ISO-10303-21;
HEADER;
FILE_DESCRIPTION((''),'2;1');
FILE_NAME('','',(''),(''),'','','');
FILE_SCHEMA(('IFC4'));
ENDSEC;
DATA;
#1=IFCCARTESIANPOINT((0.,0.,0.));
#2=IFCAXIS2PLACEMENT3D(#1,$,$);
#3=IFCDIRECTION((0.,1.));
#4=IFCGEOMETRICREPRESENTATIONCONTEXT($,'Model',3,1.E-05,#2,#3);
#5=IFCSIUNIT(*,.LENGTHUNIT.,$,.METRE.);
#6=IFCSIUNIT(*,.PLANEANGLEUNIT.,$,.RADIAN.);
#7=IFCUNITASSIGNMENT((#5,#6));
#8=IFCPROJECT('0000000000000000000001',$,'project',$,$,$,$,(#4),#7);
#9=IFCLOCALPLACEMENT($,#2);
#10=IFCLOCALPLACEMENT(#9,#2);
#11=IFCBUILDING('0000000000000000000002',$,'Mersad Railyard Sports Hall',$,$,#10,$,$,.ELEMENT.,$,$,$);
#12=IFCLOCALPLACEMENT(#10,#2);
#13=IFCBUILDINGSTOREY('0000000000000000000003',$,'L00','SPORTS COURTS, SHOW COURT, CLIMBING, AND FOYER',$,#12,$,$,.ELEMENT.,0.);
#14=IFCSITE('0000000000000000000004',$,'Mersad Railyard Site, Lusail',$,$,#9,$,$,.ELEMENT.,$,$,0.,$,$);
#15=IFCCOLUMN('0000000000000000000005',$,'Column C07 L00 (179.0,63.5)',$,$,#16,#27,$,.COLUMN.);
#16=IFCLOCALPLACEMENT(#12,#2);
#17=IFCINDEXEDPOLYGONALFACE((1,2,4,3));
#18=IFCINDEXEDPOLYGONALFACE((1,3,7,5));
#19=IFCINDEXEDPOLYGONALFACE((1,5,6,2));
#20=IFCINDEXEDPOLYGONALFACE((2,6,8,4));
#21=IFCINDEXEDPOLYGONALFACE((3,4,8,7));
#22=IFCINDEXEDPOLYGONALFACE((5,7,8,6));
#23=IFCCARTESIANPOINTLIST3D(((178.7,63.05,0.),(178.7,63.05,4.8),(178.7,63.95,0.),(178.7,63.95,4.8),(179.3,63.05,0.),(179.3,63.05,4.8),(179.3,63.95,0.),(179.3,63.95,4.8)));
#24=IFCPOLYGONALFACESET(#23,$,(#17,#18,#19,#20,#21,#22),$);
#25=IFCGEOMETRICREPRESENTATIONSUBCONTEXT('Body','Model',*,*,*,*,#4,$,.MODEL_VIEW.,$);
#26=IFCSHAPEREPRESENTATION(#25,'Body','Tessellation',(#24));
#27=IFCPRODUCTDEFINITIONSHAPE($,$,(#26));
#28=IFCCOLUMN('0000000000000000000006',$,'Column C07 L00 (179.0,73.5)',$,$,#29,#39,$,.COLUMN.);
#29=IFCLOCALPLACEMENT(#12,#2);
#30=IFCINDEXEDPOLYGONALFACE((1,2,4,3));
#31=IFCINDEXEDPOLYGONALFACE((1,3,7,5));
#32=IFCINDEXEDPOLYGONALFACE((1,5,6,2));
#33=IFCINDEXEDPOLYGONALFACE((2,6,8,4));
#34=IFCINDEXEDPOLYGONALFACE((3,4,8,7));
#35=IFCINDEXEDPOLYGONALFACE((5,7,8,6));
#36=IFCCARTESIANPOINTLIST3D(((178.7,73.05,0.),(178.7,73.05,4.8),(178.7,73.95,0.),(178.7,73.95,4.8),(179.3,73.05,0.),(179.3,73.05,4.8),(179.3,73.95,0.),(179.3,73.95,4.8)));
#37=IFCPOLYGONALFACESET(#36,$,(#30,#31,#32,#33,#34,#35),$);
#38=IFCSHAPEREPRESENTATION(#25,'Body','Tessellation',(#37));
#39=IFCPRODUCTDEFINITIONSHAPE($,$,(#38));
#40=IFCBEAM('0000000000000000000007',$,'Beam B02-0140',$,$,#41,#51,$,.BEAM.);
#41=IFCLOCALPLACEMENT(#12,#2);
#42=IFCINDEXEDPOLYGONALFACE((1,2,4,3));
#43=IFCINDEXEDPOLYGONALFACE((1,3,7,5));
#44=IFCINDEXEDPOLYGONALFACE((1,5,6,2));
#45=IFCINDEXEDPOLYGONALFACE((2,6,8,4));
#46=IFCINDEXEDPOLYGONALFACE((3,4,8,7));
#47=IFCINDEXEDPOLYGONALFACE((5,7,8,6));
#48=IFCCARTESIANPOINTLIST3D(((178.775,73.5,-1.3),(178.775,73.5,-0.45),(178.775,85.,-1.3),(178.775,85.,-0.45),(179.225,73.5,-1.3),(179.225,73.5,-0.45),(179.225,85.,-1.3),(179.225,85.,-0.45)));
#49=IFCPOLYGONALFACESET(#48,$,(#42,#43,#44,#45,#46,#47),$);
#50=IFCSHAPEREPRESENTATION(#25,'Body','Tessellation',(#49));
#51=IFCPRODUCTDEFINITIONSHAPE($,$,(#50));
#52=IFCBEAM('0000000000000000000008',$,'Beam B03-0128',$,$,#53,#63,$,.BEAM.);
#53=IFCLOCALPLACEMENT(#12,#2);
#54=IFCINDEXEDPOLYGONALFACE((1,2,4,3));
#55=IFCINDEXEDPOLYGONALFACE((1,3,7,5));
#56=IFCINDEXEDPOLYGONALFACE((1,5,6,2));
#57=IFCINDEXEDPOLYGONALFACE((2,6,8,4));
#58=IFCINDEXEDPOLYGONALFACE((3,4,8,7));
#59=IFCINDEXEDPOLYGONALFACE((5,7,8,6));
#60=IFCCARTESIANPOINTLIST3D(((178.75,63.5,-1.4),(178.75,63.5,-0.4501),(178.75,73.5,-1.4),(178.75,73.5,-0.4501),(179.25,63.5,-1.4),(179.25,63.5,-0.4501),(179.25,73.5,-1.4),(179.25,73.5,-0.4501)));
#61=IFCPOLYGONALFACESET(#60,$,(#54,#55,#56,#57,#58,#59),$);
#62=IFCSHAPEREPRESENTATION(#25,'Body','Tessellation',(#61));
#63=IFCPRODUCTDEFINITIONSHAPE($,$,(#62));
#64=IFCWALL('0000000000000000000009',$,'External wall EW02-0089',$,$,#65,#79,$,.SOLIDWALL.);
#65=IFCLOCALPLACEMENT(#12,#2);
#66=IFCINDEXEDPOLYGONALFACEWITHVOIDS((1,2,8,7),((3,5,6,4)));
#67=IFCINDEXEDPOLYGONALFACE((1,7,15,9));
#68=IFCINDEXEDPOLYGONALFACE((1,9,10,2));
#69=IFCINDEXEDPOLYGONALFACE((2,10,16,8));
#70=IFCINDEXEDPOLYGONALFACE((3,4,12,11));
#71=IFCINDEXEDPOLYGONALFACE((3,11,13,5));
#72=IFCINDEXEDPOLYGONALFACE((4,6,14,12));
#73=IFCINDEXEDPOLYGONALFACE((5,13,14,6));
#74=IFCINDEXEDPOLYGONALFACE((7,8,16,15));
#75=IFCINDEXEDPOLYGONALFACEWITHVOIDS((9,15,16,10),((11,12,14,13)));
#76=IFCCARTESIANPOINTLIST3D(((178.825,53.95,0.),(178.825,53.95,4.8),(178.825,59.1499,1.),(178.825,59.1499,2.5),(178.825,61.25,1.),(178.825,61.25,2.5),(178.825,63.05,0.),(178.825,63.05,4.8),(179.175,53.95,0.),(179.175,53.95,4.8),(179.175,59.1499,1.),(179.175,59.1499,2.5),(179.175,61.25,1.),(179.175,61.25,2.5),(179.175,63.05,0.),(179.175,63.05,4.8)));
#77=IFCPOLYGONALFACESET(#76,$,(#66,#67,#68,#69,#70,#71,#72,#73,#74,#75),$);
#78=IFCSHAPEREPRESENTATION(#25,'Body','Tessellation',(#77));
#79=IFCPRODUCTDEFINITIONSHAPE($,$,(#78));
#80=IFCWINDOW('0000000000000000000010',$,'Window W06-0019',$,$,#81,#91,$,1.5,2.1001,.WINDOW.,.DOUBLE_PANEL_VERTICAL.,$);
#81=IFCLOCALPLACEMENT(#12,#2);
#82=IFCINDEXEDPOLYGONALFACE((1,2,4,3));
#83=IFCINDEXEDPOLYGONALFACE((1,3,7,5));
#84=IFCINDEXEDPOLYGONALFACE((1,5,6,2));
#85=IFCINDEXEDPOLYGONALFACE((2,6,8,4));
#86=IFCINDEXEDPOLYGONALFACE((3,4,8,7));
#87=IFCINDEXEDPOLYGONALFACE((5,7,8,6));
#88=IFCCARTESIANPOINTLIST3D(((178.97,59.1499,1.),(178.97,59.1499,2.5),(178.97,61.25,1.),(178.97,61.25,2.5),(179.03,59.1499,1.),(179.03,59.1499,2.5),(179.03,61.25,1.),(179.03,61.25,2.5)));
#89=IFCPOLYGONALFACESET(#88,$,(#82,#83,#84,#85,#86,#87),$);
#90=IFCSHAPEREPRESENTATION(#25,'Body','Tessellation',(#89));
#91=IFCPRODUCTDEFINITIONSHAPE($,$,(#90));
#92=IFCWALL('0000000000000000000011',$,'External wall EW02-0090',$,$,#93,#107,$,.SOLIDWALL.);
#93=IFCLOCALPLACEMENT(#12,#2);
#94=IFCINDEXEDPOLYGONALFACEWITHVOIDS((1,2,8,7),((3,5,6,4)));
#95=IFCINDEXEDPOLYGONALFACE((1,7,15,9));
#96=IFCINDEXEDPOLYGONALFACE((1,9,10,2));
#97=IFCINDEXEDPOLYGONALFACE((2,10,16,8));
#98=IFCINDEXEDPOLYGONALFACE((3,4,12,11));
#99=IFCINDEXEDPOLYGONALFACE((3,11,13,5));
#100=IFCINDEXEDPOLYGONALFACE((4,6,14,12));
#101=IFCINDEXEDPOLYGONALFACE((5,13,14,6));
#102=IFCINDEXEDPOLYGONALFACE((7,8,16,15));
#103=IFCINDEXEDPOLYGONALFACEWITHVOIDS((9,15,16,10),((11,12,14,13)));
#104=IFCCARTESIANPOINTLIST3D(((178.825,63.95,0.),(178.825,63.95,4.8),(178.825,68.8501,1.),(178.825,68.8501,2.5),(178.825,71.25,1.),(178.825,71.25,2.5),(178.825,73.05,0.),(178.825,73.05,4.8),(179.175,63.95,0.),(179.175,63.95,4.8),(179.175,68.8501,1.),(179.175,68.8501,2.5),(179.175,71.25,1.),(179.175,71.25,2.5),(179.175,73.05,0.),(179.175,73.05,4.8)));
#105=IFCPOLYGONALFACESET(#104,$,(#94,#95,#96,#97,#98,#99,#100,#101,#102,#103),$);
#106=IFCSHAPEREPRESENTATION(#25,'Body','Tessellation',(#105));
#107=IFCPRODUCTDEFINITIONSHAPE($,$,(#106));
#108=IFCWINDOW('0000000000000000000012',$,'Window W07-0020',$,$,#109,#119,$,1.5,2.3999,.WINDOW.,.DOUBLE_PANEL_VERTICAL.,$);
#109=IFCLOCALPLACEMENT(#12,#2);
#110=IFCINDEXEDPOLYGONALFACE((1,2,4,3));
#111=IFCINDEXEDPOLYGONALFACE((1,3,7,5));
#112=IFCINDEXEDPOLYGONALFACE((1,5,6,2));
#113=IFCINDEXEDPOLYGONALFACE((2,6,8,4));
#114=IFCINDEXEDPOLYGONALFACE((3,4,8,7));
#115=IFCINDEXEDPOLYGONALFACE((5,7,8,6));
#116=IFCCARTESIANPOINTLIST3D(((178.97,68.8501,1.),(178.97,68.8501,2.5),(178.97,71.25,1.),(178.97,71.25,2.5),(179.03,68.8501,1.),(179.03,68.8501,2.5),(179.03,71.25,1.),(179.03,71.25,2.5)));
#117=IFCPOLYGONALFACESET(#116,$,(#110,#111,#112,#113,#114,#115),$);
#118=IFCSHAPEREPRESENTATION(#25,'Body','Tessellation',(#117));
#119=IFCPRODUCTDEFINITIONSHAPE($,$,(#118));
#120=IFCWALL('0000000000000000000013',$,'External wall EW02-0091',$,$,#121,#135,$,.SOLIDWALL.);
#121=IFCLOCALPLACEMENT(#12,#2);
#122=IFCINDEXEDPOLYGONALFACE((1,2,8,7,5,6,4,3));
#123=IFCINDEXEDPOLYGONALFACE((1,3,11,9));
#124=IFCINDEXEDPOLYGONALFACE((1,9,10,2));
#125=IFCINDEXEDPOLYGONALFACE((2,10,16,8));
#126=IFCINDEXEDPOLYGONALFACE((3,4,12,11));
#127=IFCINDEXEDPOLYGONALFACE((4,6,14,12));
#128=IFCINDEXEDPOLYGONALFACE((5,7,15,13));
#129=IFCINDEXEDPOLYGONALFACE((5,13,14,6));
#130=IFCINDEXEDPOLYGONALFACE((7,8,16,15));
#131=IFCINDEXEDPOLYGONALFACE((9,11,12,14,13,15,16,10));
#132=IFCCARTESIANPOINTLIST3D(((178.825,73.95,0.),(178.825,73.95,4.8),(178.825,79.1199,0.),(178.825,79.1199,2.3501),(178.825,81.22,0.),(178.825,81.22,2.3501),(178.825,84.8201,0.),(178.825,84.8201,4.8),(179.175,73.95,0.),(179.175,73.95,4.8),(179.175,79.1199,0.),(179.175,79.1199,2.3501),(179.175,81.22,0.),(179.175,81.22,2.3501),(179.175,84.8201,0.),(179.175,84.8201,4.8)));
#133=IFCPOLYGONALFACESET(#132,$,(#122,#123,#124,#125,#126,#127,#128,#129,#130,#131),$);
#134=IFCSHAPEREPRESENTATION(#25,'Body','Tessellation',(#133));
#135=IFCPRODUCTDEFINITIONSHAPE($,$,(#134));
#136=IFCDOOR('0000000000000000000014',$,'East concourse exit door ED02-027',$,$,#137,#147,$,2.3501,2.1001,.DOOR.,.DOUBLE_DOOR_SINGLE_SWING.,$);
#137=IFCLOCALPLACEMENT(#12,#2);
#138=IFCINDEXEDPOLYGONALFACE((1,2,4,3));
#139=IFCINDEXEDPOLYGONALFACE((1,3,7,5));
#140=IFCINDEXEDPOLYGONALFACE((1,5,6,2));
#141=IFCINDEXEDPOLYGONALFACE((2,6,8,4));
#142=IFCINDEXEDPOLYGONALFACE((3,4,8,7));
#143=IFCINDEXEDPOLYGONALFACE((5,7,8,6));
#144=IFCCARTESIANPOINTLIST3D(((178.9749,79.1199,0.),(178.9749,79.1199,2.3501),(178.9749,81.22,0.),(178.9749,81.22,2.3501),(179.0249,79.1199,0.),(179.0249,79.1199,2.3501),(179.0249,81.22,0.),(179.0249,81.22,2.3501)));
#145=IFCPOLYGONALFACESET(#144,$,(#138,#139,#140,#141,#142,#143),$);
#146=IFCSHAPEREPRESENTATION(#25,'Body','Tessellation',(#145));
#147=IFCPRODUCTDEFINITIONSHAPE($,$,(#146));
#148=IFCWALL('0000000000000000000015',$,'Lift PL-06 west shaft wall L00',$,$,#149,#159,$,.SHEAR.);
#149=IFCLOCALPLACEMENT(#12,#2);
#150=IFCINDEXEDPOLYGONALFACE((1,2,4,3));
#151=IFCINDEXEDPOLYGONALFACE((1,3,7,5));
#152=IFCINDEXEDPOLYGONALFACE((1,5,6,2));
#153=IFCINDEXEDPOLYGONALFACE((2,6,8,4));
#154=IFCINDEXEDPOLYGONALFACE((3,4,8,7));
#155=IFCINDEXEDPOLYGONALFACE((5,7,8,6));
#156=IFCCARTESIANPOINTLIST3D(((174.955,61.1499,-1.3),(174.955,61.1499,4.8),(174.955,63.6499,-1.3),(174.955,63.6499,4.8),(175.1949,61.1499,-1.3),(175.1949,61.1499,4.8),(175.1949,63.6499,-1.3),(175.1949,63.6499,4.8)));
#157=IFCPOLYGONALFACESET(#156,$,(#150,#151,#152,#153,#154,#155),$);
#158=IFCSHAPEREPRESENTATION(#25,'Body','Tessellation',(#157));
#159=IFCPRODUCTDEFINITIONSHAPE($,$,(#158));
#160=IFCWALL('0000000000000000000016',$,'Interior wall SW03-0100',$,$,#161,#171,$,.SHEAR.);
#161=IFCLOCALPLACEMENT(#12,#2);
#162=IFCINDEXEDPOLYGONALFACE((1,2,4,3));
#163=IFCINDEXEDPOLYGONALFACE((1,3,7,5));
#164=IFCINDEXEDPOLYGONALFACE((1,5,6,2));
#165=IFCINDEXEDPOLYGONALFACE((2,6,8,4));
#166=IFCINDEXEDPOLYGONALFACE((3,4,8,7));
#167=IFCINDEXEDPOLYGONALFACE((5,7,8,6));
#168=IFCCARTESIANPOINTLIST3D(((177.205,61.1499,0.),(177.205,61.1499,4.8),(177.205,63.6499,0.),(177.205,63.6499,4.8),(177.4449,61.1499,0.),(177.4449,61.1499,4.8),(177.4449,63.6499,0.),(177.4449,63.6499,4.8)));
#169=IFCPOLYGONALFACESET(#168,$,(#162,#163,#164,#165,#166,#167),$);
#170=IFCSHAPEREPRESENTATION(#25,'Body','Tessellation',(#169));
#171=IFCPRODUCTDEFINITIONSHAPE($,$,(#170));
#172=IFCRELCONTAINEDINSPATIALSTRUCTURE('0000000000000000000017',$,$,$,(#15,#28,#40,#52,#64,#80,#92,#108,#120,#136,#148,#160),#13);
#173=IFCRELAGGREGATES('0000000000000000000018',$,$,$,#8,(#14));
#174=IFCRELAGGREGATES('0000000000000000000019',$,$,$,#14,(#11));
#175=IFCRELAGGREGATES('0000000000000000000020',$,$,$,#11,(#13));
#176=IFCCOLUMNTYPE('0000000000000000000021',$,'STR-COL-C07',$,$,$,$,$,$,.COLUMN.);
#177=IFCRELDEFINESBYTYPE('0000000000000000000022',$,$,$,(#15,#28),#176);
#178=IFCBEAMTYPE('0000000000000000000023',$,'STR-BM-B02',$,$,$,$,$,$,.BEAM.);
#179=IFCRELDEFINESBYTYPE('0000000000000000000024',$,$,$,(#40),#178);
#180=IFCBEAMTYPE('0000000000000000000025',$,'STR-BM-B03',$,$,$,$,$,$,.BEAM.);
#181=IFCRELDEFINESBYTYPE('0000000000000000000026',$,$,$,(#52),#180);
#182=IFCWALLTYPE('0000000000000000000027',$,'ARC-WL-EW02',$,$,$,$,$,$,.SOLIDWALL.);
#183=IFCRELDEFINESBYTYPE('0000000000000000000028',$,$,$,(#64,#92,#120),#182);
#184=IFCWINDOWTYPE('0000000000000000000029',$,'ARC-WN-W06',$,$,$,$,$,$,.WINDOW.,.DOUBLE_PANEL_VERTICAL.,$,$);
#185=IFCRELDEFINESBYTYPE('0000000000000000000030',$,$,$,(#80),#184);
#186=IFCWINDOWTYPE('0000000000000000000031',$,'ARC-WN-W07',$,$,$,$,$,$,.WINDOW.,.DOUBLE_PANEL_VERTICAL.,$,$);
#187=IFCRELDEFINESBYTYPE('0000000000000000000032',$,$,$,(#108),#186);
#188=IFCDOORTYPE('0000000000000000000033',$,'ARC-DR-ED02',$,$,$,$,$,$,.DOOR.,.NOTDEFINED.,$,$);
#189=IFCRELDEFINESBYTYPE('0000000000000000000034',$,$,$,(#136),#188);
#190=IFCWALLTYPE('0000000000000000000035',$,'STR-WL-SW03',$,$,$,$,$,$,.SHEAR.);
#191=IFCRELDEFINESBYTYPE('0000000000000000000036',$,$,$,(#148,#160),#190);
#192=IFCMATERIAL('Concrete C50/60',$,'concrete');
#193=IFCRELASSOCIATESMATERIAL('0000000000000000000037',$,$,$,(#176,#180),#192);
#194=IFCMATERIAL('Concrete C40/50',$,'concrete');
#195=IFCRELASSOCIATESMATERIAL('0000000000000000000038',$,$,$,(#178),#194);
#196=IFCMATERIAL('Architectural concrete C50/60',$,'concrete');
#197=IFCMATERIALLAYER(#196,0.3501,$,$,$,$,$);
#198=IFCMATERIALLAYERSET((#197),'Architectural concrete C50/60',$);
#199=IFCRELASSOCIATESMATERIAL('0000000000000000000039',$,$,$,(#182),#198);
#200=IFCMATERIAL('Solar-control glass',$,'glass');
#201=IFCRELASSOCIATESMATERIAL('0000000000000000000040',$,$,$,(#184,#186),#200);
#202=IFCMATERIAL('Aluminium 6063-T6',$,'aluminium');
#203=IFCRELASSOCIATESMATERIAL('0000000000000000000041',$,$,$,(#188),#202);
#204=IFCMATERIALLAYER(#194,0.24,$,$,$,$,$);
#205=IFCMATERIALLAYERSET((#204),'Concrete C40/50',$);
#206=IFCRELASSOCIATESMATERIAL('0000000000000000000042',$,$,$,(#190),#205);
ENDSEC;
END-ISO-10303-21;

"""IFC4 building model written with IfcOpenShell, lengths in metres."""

from ifc_helpers import new_model, si_unit, direction, frame, frame_2d, origin, origin_2d, place, context, subcontext, project, spatial, rectangle, extrude, material, layer, layer_set, material_profile, profile_set, type_object, element, fill, save


model = new_model("IFC4")

# Units and contexts
model_context = context("Model", 3, precision=1e-05, world=origin(), true_north=direction((0.0, 1.0)))
body_context = subcontext(model_context, "Body", "Model", "MODEL_VIEW")
ifc_project = project(units=[si_unit("LENGTHUNIT", "METRE"), si_unit("PLANEANGLEUNIT", "RADIAN")], contexts=[model_context])

# Site, building, storey
site_placement = place(None, origin())
site = spatial("IfcSite", under=ifc_project, at=site_placement, Name="Mersad Railyard Site, Lusail", CompositionType="ELEMENT", RefElevation=0.0)
building_placement = place(site_placement, origin())
building = spatial("IfcBuilding", under=site, at=building_placement, Name="Mersad Railyard Sports Hall", CompositionType="ELEMENT")
storey_placement = place(building_placement, origin())
storey = spatial("IfcBuildingStorey", under=building, at=storey_placement, Name="L00", Description="SPORTS COURTS, SHOW COURT, CLIMBING, AND FOYER", CompositionType="ELEMENT", Elevation=0.0)

# Columns
ifc_material_1 = material(Name="Concrete C50/60", Category="concrete")
ifc_material_profile_1 = material_profile(ifc_material_1, rectangle(XDim=0.6001, YDim=0.8999, at=origin_2d()), Name="RC 600x900")
ifc_profile_set_1 = profile_set([ifc_material_profile_1], Name="Concrete C50/60")
column_type = type_object("IfcColumnType", Name="STR-COL-C07", PredefinedType="COLUMN", material=ifc_profile_set_1)
for number, where, z_axis, x_axis, name in (
    (1, (179.0, 63.5, 0.0), (0.0, 0.0, 1.0), (1.0, 0.0, 0.0), "Column C07 L00 (179.0,63.5)"),
    (2, (179.0, 73.5, 0.0), (0.0, 0.0, 1.0), (1.0, 0.0, 0.0), "Column C07 L00 (179.0,73.5)"),
):
    element("IfcColumn", number, at=place(storey_placement, frame(where, z_axis=z_axis, x_axis=x_axis)), inside=storey, type_object=column_type, Name=name, PredefinedType="COLUMN", context=body_context, shape_type="SweptSolid", body=[
        extrude(rectangle(XDim=0.6001, YDim=0.8999, at=origin_2d()), origin(), (0.0, 0.0, 1.0), 4.8),
    ])

# Beams
ifc_material_2 = material(Name="Concrete C40/50", Category="concrete")
ifc_material_profile_2 = material_profile(ifc_material_2, rectangle(XDim=0.45, YDim=0.8501, at=origin_2d()), Name="RC 450x850")
ifc_profile_set_2 = profile_set([ifc_material_profile_2], Name="Concrete C40/50")
beam_type_1 = type_object("IfcBeamType", Name="STR-BM-B02", PredefinedType="BEAM", material=ifc_profile_set_2)
beam_1_placement = place(storey_placement, frame((179.0, 73.5, -0.875), z_axis=(0.0, 1.0, 0.0), x_axis=(-1.0, 0.0, 0.0)))
element("IfcBeam", 3, at=beam_1_placement, inside=storey, type_object=beam_type_1, Name="Beam B02-0140", PredefinedType="BEAM", context=body_context, shape_type="SweptSolid", body=[
    extrude(rectangle(XDim=0.45, YDim=0.8501, at=origin_2d()), origin(), (0.0, 0.0, 1.0), 11.5),
])
ifc_material_profile_3 = material_profile(ifc_material_1, rectangle(XDim=0.5, YDim=0.95, at=origin_2d()), Name="RC 500x950")
ifc_profile_set_3 = profile_set([ifc_material_profile_3], Name="Concrete C50/60")
beam_type_2 = type_object("IfcBeamType", Name="STR-BM-B03", PredefinedType="BEAM", material=ifc_profile_set_3)
beam_2_placement = place(storey_placement, frame((179.0, 63.5, -0.925), z_axis=(0.0, 1.0, 0.0), x_axis=(-1.0, 0.0, 0.0)))
element("IfcBeam", 4, at=beam_2_placement, inside=storey, type_object=beam_type_2, Name="Beam B03-0128", PredefinedType="BEAM", context=body_context, shape_type="SweptSolid", body=[
    extrude(rectangle(XDim=0.5, YDim=0.95, at=origin_2d()), origin(), (0.0, 0.0, 1.0), 10.0),
])

# Walls, openings, windows
ifc_material_3 = material(Name="Architectural concrete C50/60", Category="concrete")
ifc_layer_1 = layer(ifc_material_3, 0.3501)
ifc_layer_set_1 = layer_set([ifc_layer_1], Name="Architectural concrete C50/60")
wall_type_1 = type_object("IfcWallType", Name="ARC-WL-EW02", PredefinedType="SOLIDWALL", material=ifc_layer_set_1)
wall_1_placement = place(storey_placement, frame((179.0, 63.05, 0.0), z_axis=(0.0, 0.0, 1.0), x_axis=(0.0, -1.0, 0.0)))
wall_1 = element("IfcWall", 5, at=wall_1_placement, inside=storey, type_object=wall_type_1, Name="External wall EW02-0089", PredefinedType="SOLIDWALL", context=body_context, shape_type="SweptSolid", body=[
    extrude(rectangle(XDim=9.1001, YDim=0.3501, at=frame_2d((4.55, 0.0))), origin(), (0.0, 0.0, 1.0), 4.8),
])
opening_1_placement = place(wall_1_placement, frame((1.8, 0.0, 1.0)))
opening_1 = element("IfcOpeningElement", 6, at=opening_1_placement, cuts=wall_1, PredefinedType="OPENING", context=body_context, shape_type="SweptSolid", body=[
    extrude(rectangle(XDim=2.1001, YDim=1.5, at=frame_2d((1.05, 0.75))), frame((0.0, 0.1851, 0.0), z_axis=(0.0, -1.0, 0.0), x_axis=(1.0, 0.0, 0.0)), (0.0, 0.0, 1.0), 0.3701),
])
ifc_material_4 = material(Name="Solar-control glass", Category="glass")
window_type_1 = type_object("IfcWindowType", Name="ARC-WN-W06", PartitioningType="DOUBLE_PANEL_VERTICAL", PredefinedType="WINDOW", material=ifc_material_4)
window_1_placement = place(opening_1_placement, origin())
window_1 = element("IfcWindow", 7, at=window_1_placement, inside=storey, type_object=window_type_1, Name="Window W06-0019", OverallHeight=1.5, OverallWidth=2.1001, PartitioningType="DOUBLE_PANEL_VERTICAL", PredefinedType="WINDOW", context=body_context, shape_type="SweptSolid", body=[
    extrude(rectangle(XDim=2.1001, YDim=1.5, at=frame_2d((1.05, 0.75))), frame((0.0, 0.03, 0.0), z_axis=(0.0, -1.0, 0.0), x_axis=(1.0, 0.0, 0.0)), (0.0, 0.0, 1.0), 0.0601),
])
fill(opening_1, window_1)
wall_2_placement = place(storey_placement, frame((179.0, 73.05, 0.0), z_axis=(0.0, 0.0, 1.0), x_axis=(0.0, -1.0, 0.0)))
wall_2 = element("IfcWall", 8, at=wall_2_placement, inside=storey, type_object=wall_type_1, Name="External wall EW02-0090", PredefinedType="SOLIDWALL", context=body_context, shape_type="SweptSolid", body=[
    extrude(rectangle(XDim=9.1001, YDim=0.3501, at=frame_2d((4.55, 0.0))), origin(), (0.0, 0.0, 1.0), 4.8),
])
opening_2_placement = place(wall_2_placement, frame((1.8, 0.0, 1.0)))
opening_2 = element("IfcOpeningElement", 9, at=opening_2_placement, cuts=wall_2, PredefinedType="OPENING", context=body_context, shape_type="SweptSolid", body=[
    extrude(rectangle(XDim=2.3999, YDim=1.5, at=frame_2d((1.2, 0.75))), frame((0.0, 0.1851, 0.0), z_axis=(0.0, -1.0, 0.0), x_axis=(1.0, 0.0, 0.0)), (0.0, 0.0, 1.0), 0.3701),
])
window_type_2 = type_object("IfcWindowType", Name="ARC-WN-W07", PartitioningType="DOUBLE_PANEL_VERTICAL", PredefinedType="WINDOW", material=ifc_material_4)
window_2_placement = place(opening_2_placement, origin())
window_2 = element("IfcWindow", 10, at=window_2_placement, inside=storey, type_object=window_type_2, Name="Window W07-0020", OverallHeight=1.5, OverallWidth=2.3999, PartitioningType="DOUBLE_PANEL_VERTICAL", PredefinedType="WINDOW", context=body_context, shape_type="SweptSolid", body=[
    extrude(rectangle(XDim=2.3999, YDim=1.5, at=frame_2d((1.2, 0.75))), frame((0.0, 0.03, 0.0), z_axis=(0.0, -1.0, 0.0), x_axis=(1.0, 0.0, 0.0)), (0.0, 0.0, 1.0), 0.0601),
])
fill(opening_2, window_2)

# Wall, opening, door
wall_3_placement = place(storey_placement, frame((179.0, 84.8201, 0.0), z_axis=(0.0, 0.0, 1.0), x_axis=(0.0, -1.0, 0.0)))
wall_3 = element("IfcWall", 11, at=wall_3_placement, inside=storey, type_object=wall_type_1, Name="External wall EW02-0091", PredefinedType="SOLIDWALL", context=body_context, shape_type="SweptSolid", body=[
    extrude(rectangle(XDim=10.8701, YDim=0.3501, at=frame_2d((5.4351, 0.0))), origin(), (0.0, 0.0, 1.0), 4.8),
])
opening_3_placement = place(wall_3_placement, frame((3.6001, 0.0, 0.0)))
opening_3 = element("IfcOpeningElement", 12, at=opening_3_placement, cuts=wall_3, PredefinedType="OPENING", context=body_context, shape_type="SweptSolid", body=[
    extrude(rectangle(XDim=2.1001, YDim=2.3501, at=frame_2d((1.05, 1.175))), frame((0.0, 0.1851, 0.0), z_axis=(0.0, -1.0, 0.0), x_axis=(1.0, 0.0, 0.0)), (0.0, 0.0, 1.0), 0.3701),
])
ifc_material_5 = material(Name="Aluminium 6063-T6", Category="aluminium")
door_type_1 = type_object("IfcDoorType", Name="ARC-DR-ED02", OperationType="NOTDEFINED", PredefinedType="DOOR", material=ifc_material_5)
door_1_placement = place(opening_3_placement, origin())
door_1 = element("IfcDoor", 13, at=door_1_placement, inside=storey, type_object=door_type_1, Name="East concourse exit door ED02-027", OperationType="DOUBLE_DOOR_SINGLE_SWING", OverallHeight=2.3501, OverallWidth=2.1001, PredefinedType="DOOR", context=body_context, shape_type="SweptSolid", body=[
    extrude(rectangle(XDim=2.1001, YDim=2.3501, at=frame_2d((1.05, 1.175))), frame((0.0, 0.0249, 0.0), z_axis=(0.0, -1.0, 0.0), x_axis=(1.0, 0.0, 0.0)), (0.0, 0.0, 1.0), 0.05),
])
fill(opening_3, door_1)

# Walls
ifc_layer_2 = layer(ifc_material_2, 0.24)
ifc_layer_set_2 = layer_set([ifc_layer_2], Name="Concrete C40/50")
wall_type_2 = type_object("IfcWallType", Name="STR-WL-SW03", PredefinedType="SHEAR", material=ifc_layer_set_2)
wall_4_placement = place(storey_placement, frame((175.075, 61.1499, -1.3), z_axis=(0.0, 0.0, 1.0), x_axis=(0.0, 1.0, 0.0)))
element("IfcWall", 14, at=wall_4_placement, inside=storey, type_object=wall_type_2, Name="Lift PL-06 west shaft wall L00", PredefinedType="SHEAR", context=body_context, shape_type="SweptSolid", body=[
    extrude(rectangle(XDim=2.5, YDim=0.24, at=frame_2d((1.25, 0.0))), origin(), (0.0, 0.0, 1.0), 6.1001),
])
wall_5_placement = place(storey_placement, frame((177.325, 63.6499, 0.0), z_axis=(0.0, 0.0, 1.0), x_axis=(0.0, -1.0, 0.0)))
element("IfcWall", 15, at=wall_5_placement, inside=storey, type_object=wall_type_2, Name="Interior wall SW03-0100", PredefinedType="SHEAR", context=body_context, shape_type="SweptSolid", body=[
    extrude(rectangle(XDim=2.5, YDim=0.24, at=frame_2d((1.25, 0.0))), origin(), (0.0, 0.0, 1.0), 4.8),
])

save(model, "model.ifc")
